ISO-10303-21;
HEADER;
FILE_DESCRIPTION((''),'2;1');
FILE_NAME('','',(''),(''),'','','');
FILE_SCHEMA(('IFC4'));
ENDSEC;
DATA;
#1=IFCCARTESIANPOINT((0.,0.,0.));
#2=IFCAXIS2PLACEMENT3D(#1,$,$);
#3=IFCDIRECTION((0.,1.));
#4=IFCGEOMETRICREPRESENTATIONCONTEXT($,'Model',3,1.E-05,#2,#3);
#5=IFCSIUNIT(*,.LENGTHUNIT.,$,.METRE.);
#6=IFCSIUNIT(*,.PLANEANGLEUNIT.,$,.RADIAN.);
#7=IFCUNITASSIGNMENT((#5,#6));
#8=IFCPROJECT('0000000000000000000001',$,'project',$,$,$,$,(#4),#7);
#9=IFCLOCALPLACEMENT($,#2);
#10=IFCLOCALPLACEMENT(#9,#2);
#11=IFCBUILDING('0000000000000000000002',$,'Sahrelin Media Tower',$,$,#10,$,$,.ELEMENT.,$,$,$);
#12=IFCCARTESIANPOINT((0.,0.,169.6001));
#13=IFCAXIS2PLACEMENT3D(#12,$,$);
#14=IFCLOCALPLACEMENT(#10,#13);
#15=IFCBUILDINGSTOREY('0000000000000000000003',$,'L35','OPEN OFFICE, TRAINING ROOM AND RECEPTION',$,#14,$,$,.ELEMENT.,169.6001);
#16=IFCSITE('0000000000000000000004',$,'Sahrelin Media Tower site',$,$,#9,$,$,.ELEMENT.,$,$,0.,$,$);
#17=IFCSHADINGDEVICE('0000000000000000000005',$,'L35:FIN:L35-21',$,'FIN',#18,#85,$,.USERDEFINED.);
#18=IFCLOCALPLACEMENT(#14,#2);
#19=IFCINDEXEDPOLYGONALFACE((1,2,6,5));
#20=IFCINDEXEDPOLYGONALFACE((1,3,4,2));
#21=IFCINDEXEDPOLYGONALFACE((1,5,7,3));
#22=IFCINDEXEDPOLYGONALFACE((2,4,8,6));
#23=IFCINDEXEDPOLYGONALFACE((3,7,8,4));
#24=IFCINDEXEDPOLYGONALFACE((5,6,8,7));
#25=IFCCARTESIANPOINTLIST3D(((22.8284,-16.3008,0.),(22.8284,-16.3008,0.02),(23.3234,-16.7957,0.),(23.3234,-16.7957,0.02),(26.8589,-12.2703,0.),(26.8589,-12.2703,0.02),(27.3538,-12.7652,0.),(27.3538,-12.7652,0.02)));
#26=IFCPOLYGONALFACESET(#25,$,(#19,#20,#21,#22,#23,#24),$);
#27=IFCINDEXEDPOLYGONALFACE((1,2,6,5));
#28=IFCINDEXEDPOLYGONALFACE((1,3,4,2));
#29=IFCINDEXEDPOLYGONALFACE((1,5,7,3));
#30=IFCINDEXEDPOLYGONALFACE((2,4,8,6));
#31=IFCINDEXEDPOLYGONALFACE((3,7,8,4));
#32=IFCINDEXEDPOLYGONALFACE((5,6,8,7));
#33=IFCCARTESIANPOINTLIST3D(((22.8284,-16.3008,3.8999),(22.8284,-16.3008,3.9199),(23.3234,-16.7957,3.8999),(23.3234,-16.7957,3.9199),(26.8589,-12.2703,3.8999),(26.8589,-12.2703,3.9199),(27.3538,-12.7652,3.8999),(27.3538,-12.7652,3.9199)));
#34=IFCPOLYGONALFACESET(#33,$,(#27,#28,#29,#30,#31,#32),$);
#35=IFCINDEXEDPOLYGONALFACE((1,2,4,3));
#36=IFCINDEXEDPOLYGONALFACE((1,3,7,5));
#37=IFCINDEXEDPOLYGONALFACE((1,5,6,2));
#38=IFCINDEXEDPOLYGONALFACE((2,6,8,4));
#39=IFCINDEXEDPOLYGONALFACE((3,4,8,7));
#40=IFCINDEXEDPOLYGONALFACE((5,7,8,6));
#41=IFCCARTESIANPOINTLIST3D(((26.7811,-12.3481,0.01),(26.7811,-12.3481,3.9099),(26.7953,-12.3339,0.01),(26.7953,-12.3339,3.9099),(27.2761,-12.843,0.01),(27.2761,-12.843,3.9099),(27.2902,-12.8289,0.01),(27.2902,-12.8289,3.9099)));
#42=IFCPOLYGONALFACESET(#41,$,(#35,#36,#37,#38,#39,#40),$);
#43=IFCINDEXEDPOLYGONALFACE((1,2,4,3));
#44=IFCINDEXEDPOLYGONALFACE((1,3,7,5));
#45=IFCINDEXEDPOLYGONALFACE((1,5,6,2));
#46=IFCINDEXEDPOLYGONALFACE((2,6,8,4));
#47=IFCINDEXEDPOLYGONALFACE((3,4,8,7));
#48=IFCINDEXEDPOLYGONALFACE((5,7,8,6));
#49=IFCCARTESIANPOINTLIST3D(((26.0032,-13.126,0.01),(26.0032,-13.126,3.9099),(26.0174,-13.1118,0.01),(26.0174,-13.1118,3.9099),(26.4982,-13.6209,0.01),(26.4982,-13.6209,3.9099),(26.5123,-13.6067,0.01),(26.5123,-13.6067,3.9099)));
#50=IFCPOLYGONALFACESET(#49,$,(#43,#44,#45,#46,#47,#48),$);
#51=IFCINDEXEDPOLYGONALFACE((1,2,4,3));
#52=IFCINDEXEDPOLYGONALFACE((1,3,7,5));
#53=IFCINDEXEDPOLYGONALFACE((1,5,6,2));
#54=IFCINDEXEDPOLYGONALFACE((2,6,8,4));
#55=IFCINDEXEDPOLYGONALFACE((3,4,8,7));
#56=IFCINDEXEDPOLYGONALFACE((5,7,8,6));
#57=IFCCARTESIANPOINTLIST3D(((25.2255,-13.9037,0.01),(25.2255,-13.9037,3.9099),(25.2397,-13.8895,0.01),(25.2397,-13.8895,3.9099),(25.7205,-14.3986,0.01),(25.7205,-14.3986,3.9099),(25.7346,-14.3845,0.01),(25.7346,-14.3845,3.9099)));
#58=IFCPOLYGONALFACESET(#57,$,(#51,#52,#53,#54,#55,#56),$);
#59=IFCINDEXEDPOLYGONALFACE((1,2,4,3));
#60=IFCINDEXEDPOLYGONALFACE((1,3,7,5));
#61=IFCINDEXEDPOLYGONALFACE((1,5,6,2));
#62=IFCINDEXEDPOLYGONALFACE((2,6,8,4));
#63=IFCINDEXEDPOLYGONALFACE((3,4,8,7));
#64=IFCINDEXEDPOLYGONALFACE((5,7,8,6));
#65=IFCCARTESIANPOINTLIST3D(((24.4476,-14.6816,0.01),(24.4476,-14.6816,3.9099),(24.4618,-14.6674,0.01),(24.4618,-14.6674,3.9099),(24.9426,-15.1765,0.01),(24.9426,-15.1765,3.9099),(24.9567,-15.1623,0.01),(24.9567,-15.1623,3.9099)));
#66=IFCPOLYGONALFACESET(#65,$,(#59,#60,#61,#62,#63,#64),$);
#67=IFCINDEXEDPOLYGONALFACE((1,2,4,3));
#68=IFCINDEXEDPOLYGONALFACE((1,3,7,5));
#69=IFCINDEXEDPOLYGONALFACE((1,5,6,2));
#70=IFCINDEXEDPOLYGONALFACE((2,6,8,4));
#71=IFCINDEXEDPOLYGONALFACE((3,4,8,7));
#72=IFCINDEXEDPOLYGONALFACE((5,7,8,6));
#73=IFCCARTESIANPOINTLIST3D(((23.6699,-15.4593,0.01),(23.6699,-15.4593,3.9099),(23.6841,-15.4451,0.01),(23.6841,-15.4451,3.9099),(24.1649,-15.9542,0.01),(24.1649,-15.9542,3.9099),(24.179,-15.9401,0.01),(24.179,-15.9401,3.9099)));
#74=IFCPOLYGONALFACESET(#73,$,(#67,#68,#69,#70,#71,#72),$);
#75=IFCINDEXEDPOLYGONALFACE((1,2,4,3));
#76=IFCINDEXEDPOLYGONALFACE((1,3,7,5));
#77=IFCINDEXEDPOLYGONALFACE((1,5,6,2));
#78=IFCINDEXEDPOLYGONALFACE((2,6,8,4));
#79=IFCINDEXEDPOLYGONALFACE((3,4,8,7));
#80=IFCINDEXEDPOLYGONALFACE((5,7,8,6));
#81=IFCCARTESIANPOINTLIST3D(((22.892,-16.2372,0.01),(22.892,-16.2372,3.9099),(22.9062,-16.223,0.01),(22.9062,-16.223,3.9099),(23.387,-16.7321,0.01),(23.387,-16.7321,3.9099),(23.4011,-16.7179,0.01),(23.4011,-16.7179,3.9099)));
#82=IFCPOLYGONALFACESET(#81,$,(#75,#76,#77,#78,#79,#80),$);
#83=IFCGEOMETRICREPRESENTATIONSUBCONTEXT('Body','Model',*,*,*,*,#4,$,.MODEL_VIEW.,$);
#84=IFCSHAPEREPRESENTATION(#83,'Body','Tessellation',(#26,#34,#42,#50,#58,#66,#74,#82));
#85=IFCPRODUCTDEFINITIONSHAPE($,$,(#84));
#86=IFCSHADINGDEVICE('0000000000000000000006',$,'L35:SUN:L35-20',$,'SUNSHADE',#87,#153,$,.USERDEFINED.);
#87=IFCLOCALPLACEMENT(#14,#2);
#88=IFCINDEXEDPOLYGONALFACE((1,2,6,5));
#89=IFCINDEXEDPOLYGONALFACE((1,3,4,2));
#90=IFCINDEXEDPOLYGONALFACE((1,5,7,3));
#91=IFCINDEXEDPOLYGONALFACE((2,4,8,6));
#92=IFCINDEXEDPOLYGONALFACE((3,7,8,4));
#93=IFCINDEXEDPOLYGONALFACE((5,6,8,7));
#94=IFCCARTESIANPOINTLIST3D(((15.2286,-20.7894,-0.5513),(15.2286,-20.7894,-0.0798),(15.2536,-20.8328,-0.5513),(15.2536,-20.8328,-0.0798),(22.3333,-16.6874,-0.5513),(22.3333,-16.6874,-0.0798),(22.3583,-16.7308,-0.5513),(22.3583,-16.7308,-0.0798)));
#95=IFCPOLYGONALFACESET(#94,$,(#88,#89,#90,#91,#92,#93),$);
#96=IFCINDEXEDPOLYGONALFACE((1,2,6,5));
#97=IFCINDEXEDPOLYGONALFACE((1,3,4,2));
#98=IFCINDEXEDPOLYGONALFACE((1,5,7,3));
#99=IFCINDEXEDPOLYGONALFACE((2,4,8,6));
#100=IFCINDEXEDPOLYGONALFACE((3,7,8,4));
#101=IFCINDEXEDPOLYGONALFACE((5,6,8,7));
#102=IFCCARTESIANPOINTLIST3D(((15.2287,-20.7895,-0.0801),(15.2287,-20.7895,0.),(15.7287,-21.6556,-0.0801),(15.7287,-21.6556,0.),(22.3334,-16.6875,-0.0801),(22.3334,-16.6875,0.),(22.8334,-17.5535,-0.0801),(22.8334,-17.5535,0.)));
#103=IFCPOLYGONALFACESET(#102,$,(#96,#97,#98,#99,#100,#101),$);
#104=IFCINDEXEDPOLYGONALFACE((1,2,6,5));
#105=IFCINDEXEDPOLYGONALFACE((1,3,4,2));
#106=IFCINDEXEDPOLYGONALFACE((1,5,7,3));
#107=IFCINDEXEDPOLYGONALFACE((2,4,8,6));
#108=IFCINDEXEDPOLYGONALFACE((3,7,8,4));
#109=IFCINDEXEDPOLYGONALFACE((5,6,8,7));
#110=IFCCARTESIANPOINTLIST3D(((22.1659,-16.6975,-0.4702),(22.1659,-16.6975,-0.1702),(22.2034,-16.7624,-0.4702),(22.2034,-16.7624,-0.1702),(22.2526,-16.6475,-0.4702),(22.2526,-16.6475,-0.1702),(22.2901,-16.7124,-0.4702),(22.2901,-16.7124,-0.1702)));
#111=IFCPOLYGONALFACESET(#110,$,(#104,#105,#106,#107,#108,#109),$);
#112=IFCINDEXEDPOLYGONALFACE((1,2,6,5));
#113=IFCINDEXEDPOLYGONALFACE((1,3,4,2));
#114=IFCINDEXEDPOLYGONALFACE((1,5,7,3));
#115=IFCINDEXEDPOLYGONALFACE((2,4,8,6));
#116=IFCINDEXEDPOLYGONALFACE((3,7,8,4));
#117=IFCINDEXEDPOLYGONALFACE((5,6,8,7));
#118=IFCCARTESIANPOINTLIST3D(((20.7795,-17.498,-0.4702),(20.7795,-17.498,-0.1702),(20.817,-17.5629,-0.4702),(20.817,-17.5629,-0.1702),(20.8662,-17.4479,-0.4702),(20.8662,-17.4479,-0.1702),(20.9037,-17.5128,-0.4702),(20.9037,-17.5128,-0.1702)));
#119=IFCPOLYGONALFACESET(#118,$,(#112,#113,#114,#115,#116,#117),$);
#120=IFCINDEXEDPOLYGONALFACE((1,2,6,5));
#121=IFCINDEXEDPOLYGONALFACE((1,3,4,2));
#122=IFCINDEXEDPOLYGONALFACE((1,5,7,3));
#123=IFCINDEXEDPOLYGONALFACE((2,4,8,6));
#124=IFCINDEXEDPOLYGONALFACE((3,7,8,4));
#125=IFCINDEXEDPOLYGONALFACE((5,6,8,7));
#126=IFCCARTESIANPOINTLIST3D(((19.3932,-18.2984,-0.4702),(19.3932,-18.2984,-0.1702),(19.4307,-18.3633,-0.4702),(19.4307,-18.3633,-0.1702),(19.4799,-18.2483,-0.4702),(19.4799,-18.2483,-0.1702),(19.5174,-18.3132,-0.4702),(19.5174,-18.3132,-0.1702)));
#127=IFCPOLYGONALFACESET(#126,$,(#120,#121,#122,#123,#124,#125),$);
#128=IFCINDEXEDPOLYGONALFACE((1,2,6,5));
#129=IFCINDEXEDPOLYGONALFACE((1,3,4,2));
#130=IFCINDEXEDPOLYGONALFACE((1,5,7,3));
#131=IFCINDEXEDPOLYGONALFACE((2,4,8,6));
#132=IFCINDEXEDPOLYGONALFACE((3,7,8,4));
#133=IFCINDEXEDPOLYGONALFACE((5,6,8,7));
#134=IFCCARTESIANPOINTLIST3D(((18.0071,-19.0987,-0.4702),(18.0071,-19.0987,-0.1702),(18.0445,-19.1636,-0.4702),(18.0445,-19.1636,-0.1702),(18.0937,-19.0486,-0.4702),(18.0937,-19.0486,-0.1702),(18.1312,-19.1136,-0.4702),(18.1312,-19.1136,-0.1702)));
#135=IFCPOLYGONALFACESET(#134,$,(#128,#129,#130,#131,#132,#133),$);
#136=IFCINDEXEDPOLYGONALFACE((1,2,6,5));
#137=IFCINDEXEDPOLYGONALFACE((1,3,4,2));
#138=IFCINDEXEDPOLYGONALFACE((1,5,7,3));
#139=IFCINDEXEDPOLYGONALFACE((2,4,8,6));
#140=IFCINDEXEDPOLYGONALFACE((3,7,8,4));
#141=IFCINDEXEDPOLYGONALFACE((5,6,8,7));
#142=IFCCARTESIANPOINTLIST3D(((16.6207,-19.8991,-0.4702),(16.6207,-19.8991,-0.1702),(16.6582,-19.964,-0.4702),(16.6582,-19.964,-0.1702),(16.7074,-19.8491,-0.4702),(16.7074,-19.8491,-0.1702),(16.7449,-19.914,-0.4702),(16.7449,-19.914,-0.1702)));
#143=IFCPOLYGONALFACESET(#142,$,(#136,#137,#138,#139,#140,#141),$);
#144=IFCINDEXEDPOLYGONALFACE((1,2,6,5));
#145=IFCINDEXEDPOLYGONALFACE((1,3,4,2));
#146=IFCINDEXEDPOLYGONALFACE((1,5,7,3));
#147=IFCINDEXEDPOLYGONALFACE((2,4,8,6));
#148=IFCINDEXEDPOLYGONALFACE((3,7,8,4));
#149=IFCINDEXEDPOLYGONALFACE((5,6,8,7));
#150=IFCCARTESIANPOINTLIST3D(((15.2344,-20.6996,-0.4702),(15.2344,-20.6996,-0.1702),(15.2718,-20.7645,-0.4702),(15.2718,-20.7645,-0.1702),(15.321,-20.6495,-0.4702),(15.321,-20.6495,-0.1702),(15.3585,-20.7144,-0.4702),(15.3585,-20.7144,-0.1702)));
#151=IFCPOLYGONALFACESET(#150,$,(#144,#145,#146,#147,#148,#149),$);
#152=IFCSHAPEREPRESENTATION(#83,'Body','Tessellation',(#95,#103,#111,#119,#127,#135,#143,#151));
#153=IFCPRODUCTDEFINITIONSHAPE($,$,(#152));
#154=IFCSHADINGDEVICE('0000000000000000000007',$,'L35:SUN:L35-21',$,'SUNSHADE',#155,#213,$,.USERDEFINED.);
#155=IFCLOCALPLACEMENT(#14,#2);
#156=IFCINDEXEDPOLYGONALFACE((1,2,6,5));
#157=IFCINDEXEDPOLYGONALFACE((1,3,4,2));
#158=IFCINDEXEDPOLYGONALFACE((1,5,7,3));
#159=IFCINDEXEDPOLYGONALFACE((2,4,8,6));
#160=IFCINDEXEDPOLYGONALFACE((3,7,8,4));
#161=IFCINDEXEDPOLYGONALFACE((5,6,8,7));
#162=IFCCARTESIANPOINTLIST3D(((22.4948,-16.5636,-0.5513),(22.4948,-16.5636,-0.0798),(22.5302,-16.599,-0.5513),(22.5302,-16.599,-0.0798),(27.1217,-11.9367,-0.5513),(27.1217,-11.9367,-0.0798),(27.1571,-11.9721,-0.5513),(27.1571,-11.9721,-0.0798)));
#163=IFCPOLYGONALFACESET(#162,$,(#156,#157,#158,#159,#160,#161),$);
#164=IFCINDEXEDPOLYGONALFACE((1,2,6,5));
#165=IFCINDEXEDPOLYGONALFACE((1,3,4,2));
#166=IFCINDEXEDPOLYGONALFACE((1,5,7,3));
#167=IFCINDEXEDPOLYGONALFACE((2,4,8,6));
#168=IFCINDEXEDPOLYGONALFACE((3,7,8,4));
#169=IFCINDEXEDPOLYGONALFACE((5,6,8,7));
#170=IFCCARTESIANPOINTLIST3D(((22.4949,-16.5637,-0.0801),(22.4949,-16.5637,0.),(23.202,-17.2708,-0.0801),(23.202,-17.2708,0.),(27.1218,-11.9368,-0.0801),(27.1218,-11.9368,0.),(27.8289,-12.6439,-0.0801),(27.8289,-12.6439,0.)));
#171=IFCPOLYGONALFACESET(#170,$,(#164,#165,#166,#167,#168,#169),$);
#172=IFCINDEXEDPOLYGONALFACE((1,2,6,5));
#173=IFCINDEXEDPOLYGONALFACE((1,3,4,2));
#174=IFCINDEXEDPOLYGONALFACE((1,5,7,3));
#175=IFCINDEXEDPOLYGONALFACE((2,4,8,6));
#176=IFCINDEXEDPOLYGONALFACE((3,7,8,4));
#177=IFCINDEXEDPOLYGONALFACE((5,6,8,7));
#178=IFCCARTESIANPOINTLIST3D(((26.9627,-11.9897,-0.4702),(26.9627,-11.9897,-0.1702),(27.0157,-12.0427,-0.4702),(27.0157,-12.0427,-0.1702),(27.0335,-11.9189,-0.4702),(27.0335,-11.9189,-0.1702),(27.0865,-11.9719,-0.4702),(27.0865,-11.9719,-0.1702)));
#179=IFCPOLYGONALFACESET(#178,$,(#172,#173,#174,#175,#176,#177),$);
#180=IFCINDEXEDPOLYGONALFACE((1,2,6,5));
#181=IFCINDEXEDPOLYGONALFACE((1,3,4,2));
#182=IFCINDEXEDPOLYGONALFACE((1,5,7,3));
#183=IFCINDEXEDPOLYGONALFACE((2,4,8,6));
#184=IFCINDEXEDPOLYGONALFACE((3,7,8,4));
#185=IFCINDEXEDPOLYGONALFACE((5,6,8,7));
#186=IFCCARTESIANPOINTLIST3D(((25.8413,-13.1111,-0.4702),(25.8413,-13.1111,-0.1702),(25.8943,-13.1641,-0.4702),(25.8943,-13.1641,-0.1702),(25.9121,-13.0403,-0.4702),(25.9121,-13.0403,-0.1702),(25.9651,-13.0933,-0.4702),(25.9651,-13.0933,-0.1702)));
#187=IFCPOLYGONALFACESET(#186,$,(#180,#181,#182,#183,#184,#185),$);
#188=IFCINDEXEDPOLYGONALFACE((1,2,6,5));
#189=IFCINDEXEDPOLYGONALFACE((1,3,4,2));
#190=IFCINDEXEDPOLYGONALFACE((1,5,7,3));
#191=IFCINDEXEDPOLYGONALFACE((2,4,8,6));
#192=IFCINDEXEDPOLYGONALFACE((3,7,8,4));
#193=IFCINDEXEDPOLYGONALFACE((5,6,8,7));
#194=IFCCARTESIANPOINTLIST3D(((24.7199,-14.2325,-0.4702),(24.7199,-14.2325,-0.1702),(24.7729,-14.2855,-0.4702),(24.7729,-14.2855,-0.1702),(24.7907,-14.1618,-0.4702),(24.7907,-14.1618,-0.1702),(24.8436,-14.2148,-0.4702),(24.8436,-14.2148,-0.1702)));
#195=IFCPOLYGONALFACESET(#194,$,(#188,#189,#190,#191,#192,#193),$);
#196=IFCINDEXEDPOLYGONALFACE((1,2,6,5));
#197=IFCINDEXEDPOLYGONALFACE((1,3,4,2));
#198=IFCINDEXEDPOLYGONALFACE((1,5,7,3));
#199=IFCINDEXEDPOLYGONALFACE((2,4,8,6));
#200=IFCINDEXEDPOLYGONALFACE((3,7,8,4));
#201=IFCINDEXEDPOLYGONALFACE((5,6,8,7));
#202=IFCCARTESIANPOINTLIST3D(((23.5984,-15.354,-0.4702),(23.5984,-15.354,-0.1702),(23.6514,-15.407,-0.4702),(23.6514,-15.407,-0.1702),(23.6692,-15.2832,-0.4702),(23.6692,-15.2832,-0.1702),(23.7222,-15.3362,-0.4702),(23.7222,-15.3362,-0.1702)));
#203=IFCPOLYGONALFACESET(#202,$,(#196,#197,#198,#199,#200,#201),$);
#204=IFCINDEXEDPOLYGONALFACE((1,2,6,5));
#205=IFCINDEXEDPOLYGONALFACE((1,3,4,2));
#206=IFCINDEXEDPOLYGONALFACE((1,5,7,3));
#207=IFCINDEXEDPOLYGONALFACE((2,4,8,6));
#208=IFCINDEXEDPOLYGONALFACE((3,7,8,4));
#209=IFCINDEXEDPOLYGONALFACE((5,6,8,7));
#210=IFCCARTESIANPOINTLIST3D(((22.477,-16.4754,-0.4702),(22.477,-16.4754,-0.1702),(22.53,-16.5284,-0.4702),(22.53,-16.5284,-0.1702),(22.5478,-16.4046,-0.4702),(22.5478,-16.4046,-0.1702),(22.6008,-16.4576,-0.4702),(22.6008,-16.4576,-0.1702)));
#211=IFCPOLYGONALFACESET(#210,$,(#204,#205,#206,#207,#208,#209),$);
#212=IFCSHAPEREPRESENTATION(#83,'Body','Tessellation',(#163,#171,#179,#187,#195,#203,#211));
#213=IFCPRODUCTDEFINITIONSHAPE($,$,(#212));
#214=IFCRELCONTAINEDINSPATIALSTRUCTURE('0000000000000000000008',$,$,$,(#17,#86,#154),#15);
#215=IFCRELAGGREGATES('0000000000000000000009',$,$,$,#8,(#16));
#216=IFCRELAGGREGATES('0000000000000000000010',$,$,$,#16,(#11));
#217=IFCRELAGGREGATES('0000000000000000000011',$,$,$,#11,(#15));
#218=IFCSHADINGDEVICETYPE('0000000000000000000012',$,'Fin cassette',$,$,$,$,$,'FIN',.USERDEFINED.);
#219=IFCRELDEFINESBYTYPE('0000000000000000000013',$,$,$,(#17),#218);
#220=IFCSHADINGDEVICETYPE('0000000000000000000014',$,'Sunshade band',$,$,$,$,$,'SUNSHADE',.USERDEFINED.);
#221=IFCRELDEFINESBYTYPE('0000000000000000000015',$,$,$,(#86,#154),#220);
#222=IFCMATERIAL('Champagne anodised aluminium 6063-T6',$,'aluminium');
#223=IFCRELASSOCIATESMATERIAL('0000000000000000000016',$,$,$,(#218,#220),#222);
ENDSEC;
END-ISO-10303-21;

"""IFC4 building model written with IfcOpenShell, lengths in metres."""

from ifc_helpers import new_model, si_unit, direction, frame, origin, origin_2d, place, context, subcontext, project, spatial, rectangle, extrude, material, type_object, element, save


model = new_model("IFC4")

# Units and contexts
model_context = context("Model", 3, precision=1e-05, world=origin(), true_north=direction((0.0, 1.0)))
body_context = subcontext(model_context, "Body", "Model", "MODEL_VIEW")
ifc_project = project(units=[si_unit("LENGTHUNIT", "METRE"), si_unit("PLANEANGLEUNIT", "RADIAN")], contexts=[model_context])

# Site, building, storey
site_placement = place(None, origin())
site = spatial("IfcSite", under=ifc_project, at=site_placement, Name="Sahrelin Media Tower site", CompositionType="ELEMENT", RefElevation=0.0)
building_placement = place(site_placement, origin())
building = spatial("IfcBuilding", under=site, at=building_placement, Name="Sahrelin Media Tower", CompositionType="ELEMENT")
storey_placement = place(building_placement, frame((0.0, 0.0, 169.6001)))
storey = spatial("IfcBuildingStorey", under=building, at=storey_placement, Name="L35", Description="OPEN OFFICE, TRAINING ROOM AND RECEPTION", CompositionType="ELEMENT", Elevation=169.6001)

# Shared definitions
ifc_material_1 = material(Name="Champagne anodised aluminium 6063-T6", Category="aluminium")

# Shading devices
shading_device_type_1 = type_object("IfcShadingDeviceType", Name="Fin cassette", ElementType="FIN", PredefinedType="USERDEFINED", material=ifc_material_1)
placement_1 = place(storey_placement, frame((18.771, -18.7212, 0.0), z_axis=(0.0, 0.0, 1.0), x_axis=(-0.866019, -0.500011, 0.0)))
placement_2 = place(storey_placement, frame((24.7942, -14.2361, 0.0), z_axis=(0.0, 0.0, 1.0), x_axis=(-0.707107, -0.707107, 0.0)))
element("IfcShadingDevice", 1, at=placement_2, inside=storey, type_object=shading_device_type_1, Name="L35:FIN:L35-21", ObjectType="FIN", PredefinedType="USERDEFINED", context=body_context, shape_type="SweptSolid", body=[
    extrude(rectangle(XDim=5.7, YDim=0.7, at=origin_2d()), frame((0.0, 0.4199, 0.0)), (0.0, 0.0, 1.0), 0.02),
    extrude(rectangle(XDim=5.7, YDim=0.7, at=origin_2d()), frame((0.0, 0.4199, 3.8999)), (0.0, 0.0, 1.0), 0.02),
    extrude(rectangle(XDim=0.02, YDim=0.7, at=origin_2d()), frame((-2.75, 0.4199, 0.01), z_axis=(0.0, 0.0, 1.0), x_axis=(1.0, 0.0, 0.0)), (0.0, 0.0, 1.0), 3.8999),
    extrude(rectangle(XDim=0.02, YDim=0.7, at=origin_2d()), frame((-1.6499, 0.4199, 0.01), z_axis=(0.0, 0.0, 1.0), x_axis=(1.0, 0.0, 0.0)), (0.0, 0.0, 1.0), 3.8999),
    extrude(rectangle(XDim=0.02, YDim=0.7, at=origin_2d()), frame((-0.55, 0.4199, 0.01), z_axis=(0.0, 0.0, 1.0), x_axis=(1.0, 0.0, 0.0)), (0.0, 0.0, 1.0), 3.8999),
    extrude(rectangle(XDim=0.02, YDim=0.7, at=origin_2d()), frame((0.55, 0.4199, 0.01), z_axis=(0.0, 0.0, 1.0), x_axis=(1.0, 0.0, 0.0)), (0.0, 0.0, 1.0), 3.8999),
    extrude(rectangle(XDim=0.02, YDim=0.7, at=origin_2d()), frame((1.6499, 0.4199, 0.01), z_axis=(0.0, 0.0, 1.0), x_axis=(1.0, 0.0, 0.0)), (0.0, 0.0, 1.0), 3.8999),
    extrude(rectangle(XDim=0.02, YDim=0.7, at=origin_2d()), frame((2.75, 0.4199, 0.01), z_axis=(0.0, 0.0, 1.0), x_axis=(1.0, 0.0, 0.0)), (0.0, 0.0, 1.0), 3.8999),
])
shading_device_type_2 = type_object("IfcShadingDeviceType", Name="Sunshade band", ElementType="SUNSHADE", PredefinedType="USERDEFINED", material=ifc_material_1)
element("IfcShadingDevice", 2, at=placement_1, inside=storey, type_object=shading_device_type_2, Name="L35:SUN:L35-20", ObjectType="SUNSHADE", PredefinedType="USERDEFINED", context=body_context, shape_type="SweptSolid", body=[
    extrude(rectangle(XDim=8.2039, YDim=0.05, at=origin_2d()), frame((0.0, 0.0449, -0.5513)), (0.0, 0.0, 1.0), 0.4714),
    extrude(rectangle(XDim=8.2039, YDim=1.0, at=origin_2d()), frame((0.0, 0.52, -0.0801)), (0.0, 0.0, 1.0), 0.0801),
    extrude(rectangle(XDim=0.1001, YDim=0.075, at=origin_2d()), frame((-4.002, -0.0176, -0.4702)), (0.0, 0.0, 1.0), 0.3),
    extrude(rectangle(XDim=0.1001, YDim=0.075, at=origin_2d()), frame((-2.4011, -0.0176, -0.4702)), (0.0, 0.0, 1.0), 0.3),
    extrude(rectangle(XDim=0.1001, YDim=0.075, at=origin_2d()), frame((-0.8003, -0.0176, -0.4702)), (0.0, 0.0, 1.0), 0.3),
    extrude(rectangle(XDim=0.1001, YDim=0.075, at=origin_2d()), frame((0.8003, -0.0176, -0.4702)), (0.0, 0.0, 1.0), 0.3),
    extrude(rectangle(XDim=0.1001, YDim=0.075, at=origin_2d()), frame((2.4011, -0.0176, -0.4702)), (0.0, 0.0, 1.0), 0.3),
    extrude(rectangle(XDim=0.1001, YDim=0.075, at=origin_2d()), frame((4.002, -0.0176, -0.4702)), (0.0, 0.0, 1.0), 0.3),
])
element("IfcShadingDevice", 3, at=placement_2, inside=storey, type_object=shading_device_type_2, Name="L35:SUN:L35-21", ObjectType="SUNSHADE", PredefinedType="USERDEFINED", context=body_context, shape_type="SweptSolid", body=[
    extrude(rectangle(XDim=6.5435, YDim=0.05, at=origin_2d()), frame((0.0, 0.0449, -0.5513)), (0.0, 0.0, 1.0), 0.4714),
    extrude(rectangle(XDim=6.5435, YDim=1.0, at=origin_2d()), frame((0.0, 0.52, -0.0801)), (0.0, 0.0, 1.0), 0.0801),
    extrude(rectangle(XDim=0.1001, YDim=0.075, at=origin_2d()), frame((-3.1719, -0.0176, -0.4702)), (0.0, 0.0, 1.0), 0.3),
    extrude(rectangle(XDim=0.1001, YDim=0.075, at=origin_2d()), frame((-1.5859, -0.0176, -0.4702)), (0.0, 0.0, 1.0), 0.3),
    extrude(rectangle(XDim=0.1001, YDim=0.075, at=origin_2d()), frame((0.0, -0.0176, -0.4702)), (0.0, 0.0, 1.0), 0.3),
    extrude(rectangle(XDim=0.1001, YDim=0.075, at=origin_2d()), frame((1.5859, -0.0176, -0.4702)), (0.0, 0.0, 1.0), 0.3),
    extrude(rectangle(XDim=0.1001, YDim=0.075, at=origin_2d()), frame((3.1719, -0.0176, -0.4702)), (0.0, 0.0, 1.0), 0.3),
])

save(model, "model.ifc")
